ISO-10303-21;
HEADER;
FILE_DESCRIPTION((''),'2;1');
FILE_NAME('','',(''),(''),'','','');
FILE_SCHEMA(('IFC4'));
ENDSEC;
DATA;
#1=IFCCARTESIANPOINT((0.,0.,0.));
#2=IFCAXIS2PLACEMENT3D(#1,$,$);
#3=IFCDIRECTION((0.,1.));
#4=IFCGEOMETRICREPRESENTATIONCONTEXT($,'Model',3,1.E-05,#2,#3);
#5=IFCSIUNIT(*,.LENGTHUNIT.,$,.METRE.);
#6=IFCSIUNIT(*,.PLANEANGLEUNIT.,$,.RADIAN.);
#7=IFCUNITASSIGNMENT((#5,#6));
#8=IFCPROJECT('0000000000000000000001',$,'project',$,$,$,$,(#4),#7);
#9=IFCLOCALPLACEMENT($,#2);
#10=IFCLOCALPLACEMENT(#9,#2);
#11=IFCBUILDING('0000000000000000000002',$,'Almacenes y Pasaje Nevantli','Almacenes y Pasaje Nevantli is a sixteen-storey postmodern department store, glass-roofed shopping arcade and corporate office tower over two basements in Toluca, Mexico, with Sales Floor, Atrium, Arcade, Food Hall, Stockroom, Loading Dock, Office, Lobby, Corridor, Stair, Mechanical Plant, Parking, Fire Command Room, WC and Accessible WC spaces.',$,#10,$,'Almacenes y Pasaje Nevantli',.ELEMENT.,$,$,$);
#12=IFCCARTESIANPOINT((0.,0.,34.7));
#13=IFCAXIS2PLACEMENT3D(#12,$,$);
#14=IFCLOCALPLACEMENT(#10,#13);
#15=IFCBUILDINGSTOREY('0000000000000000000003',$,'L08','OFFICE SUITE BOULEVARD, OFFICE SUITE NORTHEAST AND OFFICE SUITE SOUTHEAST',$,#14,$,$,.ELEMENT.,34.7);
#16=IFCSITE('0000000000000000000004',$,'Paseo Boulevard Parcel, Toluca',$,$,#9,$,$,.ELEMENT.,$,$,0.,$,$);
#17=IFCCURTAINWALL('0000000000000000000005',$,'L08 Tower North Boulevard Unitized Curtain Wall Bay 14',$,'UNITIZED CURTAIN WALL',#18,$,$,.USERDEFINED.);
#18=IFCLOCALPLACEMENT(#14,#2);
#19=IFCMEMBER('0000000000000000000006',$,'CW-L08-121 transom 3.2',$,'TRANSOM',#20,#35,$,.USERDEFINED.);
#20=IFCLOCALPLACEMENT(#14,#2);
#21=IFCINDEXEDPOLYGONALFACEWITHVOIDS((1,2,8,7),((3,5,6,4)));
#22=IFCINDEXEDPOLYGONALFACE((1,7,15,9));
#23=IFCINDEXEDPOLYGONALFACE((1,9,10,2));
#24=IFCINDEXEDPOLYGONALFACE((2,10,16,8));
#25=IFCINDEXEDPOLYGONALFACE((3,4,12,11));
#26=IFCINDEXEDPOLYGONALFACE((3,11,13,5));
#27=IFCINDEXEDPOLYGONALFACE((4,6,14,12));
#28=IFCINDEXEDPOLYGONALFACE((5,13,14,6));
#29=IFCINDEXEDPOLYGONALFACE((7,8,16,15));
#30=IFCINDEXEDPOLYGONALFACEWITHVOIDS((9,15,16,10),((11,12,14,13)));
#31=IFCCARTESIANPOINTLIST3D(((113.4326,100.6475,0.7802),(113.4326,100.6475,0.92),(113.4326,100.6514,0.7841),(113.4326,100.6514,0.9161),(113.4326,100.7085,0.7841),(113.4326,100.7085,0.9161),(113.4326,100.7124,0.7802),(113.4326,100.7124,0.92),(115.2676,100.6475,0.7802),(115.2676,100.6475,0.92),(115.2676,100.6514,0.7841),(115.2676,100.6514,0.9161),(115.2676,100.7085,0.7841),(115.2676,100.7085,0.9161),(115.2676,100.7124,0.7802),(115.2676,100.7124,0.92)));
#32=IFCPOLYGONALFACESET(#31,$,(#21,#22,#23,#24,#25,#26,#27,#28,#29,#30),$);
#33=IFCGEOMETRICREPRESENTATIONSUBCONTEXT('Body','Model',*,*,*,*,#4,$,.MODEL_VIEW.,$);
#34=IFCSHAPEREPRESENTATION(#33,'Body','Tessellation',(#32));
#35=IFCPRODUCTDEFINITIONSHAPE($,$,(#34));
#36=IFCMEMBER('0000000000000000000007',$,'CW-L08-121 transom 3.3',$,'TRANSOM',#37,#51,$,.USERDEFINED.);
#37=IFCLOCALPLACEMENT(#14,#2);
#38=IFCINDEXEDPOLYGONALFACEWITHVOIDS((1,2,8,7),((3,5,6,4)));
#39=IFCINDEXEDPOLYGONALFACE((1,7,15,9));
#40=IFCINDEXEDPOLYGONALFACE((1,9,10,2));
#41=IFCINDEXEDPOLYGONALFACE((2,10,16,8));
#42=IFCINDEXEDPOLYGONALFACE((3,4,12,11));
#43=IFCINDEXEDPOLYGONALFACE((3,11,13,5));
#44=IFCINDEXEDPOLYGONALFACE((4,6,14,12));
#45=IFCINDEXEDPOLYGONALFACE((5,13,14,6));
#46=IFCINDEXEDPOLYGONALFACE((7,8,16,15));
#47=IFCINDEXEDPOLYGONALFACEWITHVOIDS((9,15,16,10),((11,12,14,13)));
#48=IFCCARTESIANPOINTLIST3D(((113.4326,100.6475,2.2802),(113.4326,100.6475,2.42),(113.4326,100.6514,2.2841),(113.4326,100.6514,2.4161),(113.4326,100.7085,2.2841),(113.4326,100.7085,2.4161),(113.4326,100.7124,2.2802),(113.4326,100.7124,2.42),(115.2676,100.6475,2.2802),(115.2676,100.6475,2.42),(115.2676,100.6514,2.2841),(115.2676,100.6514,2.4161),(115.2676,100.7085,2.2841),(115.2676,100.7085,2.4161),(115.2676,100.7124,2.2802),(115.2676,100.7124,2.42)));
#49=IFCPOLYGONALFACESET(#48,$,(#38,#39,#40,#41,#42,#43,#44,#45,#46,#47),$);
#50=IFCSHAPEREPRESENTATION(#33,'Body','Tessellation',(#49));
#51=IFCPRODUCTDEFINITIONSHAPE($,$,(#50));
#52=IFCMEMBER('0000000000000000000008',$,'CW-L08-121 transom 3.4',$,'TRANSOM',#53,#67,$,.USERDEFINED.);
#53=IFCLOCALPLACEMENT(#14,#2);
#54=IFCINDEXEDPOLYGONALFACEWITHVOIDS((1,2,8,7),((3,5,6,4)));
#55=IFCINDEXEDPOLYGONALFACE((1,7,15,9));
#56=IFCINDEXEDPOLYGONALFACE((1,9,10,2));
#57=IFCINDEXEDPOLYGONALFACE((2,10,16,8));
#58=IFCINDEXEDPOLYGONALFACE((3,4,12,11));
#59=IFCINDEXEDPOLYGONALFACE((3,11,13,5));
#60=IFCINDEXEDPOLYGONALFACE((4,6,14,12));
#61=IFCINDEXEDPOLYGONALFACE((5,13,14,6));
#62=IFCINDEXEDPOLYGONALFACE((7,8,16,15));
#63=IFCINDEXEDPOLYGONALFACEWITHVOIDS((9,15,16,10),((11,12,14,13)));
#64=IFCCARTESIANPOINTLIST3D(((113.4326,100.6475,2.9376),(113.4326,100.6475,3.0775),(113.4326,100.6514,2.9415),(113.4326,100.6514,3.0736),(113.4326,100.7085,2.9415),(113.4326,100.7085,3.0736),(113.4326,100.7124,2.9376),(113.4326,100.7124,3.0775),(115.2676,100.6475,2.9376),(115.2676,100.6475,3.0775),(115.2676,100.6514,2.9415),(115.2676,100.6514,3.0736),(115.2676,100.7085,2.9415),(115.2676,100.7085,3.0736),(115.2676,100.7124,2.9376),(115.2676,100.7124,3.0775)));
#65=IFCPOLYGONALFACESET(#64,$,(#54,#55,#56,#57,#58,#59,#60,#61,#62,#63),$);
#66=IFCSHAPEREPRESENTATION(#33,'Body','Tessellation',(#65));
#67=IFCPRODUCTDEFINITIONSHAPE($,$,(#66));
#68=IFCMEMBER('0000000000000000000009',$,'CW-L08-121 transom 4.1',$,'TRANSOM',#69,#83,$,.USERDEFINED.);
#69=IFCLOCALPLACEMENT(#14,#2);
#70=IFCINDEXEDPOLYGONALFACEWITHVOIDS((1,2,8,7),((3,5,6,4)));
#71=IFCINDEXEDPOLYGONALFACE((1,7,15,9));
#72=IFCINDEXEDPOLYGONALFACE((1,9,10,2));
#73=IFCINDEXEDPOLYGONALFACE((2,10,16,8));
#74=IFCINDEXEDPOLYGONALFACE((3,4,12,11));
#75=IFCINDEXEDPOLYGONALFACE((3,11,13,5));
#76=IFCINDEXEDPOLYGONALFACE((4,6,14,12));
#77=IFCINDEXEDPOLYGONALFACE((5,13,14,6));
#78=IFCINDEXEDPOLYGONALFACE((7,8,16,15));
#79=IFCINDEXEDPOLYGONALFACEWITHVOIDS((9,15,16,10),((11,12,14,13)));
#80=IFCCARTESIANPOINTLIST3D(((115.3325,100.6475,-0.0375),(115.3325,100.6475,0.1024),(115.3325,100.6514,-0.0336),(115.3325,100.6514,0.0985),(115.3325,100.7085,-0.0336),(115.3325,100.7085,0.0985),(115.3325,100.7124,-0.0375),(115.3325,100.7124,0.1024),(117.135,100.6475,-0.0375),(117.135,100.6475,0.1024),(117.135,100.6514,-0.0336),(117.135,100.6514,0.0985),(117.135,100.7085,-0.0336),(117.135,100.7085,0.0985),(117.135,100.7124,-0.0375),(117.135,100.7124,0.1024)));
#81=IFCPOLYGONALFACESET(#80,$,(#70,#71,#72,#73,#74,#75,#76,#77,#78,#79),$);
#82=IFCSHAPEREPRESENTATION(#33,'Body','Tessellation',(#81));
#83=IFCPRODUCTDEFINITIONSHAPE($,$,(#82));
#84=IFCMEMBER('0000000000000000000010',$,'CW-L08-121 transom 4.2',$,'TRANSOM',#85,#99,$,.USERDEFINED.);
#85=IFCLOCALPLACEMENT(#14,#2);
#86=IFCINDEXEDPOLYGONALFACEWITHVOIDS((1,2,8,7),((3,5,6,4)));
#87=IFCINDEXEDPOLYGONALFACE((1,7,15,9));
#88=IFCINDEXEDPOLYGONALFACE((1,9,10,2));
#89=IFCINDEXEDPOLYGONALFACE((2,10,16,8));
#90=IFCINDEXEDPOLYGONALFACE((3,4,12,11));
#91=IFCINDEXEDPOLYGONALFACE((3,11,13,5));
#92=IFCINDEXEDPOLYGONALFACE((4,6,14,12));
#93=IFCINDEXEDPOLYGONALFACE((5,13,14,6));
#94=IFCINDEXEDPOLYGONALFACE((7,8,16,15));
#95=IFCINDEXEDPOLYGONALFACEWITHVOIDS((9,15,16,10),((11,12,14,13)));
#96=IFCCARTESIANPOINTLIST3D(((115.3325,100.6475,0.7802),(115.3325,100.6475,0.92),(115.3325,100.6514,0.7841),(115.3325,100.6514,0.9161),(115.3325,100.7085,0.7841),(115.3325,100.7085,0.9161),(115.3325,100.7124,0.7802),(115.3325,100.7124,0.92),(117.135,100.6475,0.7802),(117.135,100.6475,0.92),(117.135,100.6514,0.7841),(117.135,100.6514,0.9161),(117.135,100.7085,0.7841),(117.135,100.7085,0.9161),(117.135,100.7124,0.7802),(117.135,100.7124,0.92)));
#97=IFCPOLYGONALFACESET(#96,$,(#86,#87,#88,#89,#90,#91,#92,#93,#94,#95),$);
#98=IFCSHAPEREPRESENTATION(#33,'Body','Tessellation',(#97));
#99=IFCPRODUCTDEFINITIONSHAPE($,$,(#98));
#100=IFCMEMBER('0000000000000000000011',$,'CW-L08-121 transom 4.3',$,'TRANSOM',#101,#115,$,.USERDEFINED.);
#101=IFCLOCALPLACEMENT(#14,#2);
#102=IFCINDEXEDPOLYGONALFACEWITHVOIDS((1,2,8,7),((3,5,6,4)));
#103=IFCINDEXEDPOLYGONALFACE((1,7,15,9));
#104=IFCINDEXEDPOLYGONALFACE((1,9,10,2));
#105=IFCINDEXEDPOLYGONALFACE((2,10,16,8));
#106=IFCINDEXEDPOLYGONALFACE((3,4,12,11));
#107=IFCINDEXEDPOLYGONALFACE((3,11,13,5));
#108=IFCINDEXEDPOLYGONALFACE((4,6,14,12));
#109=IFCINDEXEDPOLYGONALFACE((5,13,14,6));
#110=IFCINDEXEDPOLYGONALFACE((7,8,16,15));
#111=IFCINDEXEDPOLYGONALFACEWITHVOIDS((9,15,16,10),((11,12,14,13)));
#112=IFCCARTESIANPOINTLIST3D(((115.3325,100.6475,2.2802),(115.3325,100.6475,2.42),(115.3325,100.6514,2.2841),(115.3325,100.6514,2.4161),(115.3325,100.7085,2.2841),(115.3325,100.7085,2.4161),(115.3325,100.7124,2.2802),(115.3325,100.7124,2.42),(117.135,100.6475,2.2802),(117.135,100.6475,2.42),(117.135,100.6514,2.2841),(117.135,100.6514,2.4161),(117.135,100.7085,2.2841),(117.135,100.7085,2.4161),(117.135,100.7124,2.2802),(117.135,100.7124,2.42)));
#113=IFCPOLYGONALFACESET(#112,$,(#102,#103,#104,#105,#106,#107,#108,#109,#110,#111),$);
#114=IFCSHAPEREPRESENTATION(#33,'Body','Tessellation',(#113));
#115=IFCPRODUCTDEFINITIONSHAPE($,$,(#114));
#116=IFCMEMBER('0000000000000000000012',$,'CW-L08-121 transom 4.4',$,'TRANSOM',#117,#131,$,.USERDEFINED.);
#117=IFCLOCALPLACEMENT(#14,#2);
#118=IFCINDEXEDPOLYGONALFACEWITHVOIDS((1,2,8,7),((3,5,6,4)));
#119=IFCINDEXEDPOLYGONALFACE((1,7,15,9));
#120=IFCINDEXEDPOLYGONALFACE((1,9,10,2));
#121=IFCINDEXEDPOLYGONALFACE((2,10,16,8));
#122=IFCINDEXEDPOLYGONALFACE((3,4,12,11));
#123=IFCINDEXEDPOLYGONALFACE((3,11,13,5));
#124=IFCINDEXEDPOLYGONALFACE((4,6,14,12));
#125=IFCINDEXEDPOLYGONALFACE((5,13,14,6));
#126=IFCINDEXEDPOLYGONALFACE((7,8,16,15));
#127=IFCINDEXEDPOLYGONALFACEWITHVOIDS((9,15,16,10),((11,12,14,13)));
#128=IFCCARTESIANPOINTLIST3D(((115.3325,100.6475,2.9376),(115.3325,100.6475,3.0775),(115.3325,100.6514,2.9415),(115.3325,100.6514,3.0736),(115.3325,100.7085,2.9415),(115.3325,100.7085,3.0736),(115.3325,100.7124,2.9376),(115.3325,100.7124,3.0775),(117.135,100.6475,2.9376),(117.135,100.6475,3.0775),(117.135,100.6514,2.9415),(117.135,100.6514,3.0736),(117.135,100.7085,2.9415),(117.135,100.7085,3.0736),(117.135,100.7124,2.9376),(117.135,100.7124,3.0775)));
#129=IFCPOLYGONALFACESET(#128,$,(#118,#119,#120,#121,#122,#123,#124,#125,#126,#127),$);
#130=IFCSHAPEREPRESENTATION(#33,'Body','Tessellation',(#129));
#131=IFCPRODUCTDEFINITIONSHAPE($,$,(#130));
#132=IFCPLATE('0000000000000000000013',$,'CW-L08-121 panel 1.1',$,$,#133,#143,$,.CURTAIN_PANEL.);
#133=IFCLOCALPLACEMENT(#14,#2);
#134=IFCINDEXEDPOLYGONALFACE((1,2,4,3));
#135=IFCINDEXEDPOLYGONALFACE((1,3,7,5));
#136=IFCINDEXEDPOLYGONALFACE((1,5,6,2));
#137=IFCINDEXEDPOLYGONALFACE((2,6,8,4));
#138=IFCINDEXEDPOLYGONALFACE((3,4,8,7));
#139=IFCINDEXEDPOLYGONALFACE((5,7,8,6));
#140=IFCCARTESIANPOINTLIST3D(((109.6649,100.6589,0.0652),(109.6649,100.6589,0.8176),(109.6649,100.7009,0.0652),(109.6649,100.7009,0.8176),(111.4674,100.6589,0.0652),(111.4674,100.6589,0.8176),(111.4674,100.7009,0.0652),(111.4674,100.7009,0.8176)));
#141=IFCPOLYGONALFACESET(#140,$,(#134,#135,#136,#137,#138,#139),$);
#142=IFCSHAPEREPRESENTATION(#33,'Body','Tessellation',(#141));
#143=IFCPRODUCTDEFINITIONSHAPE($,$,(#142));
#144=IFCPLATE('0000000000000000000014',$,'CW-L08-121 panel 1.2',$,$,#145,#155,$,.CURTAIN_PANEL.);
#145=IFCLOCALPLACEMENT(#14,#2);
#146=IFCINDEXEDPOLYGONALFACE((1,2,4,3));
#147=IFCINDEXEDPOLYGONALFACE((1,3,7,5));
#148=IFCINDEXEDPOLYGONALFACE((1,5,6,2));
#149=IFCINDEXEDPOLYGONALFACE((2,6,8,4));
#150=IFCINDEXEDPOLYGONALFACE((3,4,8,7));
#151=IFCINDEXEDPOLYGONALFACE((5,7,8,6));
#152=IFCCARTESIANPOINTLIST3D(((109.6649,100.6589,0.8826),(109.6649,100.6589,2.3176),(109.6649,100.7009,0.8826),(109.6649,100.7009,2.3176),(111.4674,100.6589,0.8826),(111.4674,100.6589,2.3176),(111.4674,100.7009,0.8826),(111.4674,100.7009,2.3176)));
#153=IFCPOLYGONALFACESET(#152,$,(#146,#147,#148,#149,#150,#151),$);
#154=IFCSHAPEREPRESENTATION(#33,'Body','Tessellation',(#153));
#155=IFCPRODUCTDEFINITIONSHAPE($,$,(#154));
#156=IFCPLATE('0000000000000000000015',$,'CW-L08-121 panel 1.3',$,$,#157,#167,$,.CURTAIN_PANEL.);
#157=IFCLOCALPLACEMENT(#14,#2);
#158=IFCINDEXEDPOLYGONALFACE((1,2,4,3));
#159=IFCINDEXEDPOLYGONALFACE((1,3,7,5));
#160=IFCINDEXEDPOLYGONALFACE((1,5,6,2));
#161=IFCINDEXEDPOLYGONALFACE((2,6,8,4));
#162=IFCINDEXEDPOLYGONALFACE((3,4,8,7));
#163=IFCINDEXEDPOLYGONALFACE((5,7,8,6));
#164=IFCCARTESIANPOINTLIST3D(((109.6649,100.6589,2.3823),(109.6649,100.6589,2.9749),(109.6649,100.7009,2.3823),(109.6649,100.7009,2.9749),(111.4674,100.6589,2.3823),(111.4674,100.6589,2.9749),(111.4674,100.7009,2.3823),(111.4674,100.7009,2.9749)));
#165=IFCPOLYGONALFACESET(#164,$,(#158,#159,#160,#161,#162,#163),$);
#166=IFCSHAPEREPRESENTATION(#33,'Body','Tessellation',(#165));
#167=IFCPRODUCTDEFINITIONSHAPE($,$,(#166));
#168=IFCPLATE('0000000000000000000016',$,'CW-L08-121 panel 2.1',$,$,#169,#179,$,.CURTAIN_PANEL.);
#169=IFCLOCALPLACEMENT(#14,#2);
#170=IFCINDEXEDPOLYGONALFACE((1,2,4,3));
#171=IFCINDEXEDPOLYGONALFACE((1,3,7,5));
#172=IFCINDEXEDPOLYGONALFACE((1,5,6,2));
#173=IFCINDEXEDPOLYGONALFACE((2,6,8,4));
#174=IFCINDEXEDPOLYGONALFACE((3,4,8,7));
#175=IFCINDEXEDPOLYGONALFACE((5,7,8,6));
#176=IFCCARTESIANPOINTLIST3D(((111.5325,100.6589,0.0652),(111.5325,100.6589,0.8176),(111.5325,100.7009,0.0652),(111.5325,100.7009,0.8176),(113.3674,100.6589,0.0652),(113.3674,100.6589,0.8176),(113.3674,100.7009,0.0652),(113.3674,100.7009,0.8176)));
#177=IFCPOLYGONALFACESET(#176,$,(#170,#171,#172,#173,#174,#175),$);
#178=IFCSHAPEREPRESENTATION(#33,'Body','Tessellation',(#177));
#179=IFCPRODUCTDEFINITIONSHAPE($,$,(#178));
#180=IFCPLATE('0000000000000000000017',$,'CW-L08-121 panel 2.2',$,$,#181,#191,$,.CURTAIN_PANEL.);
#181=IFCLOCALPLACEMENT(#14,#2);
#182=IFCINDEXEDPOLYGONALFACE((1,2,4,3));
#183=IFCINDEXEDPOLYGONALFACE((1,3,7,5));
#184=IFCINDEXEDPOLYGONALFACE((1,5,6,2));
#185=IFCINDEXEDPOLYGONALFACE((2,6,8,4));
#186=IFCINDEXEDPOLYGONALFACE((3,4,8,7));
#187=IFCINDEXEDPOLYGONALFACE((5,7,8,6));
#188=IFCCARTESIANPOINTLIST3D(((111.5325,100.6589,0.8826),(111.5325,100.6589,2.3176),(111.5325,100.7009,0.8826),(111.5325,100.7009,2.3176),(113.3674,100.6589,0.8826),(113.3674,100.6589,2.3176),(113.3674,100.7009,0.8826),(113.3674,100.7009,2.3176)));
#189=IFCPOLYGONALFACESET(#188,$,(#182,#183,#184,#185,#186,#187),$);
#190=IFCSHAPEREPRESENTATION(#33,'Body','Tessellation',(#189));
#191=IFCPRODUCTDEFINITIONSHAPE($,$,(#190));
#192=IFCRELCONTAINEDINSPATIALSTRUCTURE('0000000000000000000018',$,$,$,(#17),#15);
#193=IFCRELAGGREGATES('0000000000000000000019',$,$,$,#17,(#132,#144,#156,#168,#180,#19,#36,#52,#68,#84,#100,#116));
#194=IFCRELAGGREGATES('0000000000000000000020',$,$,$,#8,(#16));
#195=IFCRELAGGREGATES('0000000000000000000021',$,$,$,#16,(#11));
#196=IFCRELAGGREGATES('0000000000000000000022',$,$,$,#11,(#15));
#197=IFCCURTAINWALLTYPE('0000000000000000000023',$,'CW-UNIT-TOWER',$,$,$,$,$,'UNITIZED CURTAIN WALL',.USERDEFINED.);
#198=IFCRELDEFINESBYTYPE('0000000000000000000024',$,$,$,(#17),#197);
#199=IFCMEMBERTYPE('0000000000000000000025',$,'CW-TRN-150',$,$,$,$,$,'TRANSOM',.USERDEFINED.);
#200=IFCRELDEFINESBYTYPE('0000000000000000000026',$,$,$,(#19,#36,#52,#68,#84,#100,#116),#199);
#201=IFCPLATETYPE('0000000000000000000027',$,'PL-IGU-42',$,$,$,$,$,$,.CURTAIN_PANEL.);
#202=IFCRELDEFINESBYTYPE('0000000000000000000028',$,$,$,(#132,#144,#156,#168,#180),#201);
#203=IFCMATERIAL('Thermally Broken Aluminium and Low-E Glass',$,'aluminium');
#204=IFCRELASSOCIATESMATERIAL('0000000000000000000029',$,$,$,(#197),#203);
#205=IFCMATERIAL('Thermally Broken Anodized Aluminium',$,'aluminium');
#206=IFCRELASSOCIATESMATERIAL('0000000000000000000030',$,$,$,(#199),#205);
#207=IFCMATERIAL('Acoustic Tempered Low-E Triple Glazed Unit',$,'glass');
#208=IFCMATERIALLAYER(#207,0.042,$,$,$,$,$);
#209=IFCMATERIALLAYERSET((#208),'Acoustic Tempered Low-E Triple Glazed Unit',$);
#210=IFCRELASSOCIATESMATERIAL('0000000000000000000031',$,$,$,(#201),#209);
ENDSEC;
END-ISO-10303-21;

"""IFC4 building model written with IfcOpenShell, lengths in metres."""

from ifc_helpers import new_model, si_unit, direction, frame, origin, origin_2d, place, context, subcontext, project, spatial, rectangle, hollow_rectangle, extrude, material, layer, layer_set, material_profile, profile_set, type_object, element, aggregate, save


model = new_model("IFC4")

# Units and contexts
model_context = context("Model", 3, precision=1e-05, world=origin(), true_north=direction((0.0, 1.0)))
body_context = subcontext(model_context, "Body", "Model", "MODEL_VIEW")
ifc_project = project(units=[si_unit("LENGTHUNIT", "METRE"), si_unit("PLANEANGLEUNIT", "RADIAN")], contexts=[model_context])

# Site, building, storey
site_placement = place(None, origin())
site = spatial("IfcSite", under=ifc_project, at=site_placement, Name="Paseo Boulevard Parcel, Toluca", CompositionType="ELEMENT", RefElevation=0.0)
building_placement = place(site_placement, origin())
building = spatial("IfcBuilding", under=site, at=building_placement, Name="Almacenes y Pasaje Nevantli", Description="Almacenes y Pasaje Nevantli is a sixteen-storey postmodern department store, glass-roofed shopping arcade and corporate office tower over two basements in Toluca, Mexico, with Sales Floor, Atrium, Arcade, Food Hall, Stockroom, Loading Dock, Office, Lobby, Corridor, Stair, Mechanical Plant, Parking, Fire Command Room, WC and Accessible WC spaces.", LongName="Almacenes y Pasaje Nevantli", CompositionType="ELEMENT")
storey_placement = place(building_placement, frame((0.0, 0.0, 34.7)))
storey = spatial("IfcBuildingStorey", under=building, at=storey_placement, Name="L08", Description="OFFICE SUITE BOULEVARD, OFFICE SUITE NORTHEAST AND OFFICE SUITE SOUTHEAST", CompositionType="ELEMENT", Elevation=34.7)

# Curtain wall, members, plates
ifc_material_1 = material(Name="Thermally Broken Aluminium and Low-E Glass", Category="aluminium")
curtain_wall_type = type_object("IfcCurtainWallType", Name="CW-UNIT-TOWER", ElementType="UNITIZED CURTAIN WALL", PredefinedType="USERDEFINED", material=ifc_material_1)
curtain_wall_placement = place(storey_placement, origin())
curtain_wall = element("IfcCurtainWall", 1, at=curtain_wall_placement, inside=storey, type_object=curtain_wall_type, Name="L08 Tower North Boulevard Unitized Curtain Wall Bay 14", ObjectType="UNITIZED CURTAIN WALL", PredefinedType="USERDEFINED")
ifc_material_2 = material(Name="Thermally Broken Anodized Aluminium", Category="aluminium")
ifc_material_profile_1 = material_profile(ifc_material_2, hollow_rectangle(XDim=0.0649, YDim=0.1399, WallThickness=0.0039, at=origin_2d()), Name="ALU-TRN-65x140")
ifc_profile_set_1 = profile_set([ifc_material_profile_1], Name="Thermally Broken Anodized Aluminium")
member_type_1 = type_object("IfcMemberType", Name="CW-TRN-150", ElementType="TRANSOM", PredefinedType="USERDEFINED", material=ifc_profile_set_1)
member_1_placement = place(storey_placement, frame((113.4326, 100.6799, 0.8501), z_axis=(1.0, 0.0, 0.0), x_axis=(0.0, 1.0, 0.0)))
member_1 = element("IfcMember", 2, at=member_1_placement, type_object=member_type_1, Name="CW-L08-121 transom 3.2", ObjectType="TRANSOM", PredefinedType="USERDEFINED", context=body_context, shape_type="SweptSolid", body=[
    extrude(hollow_rectangle(XDim=0.0649, YDim=0.1399, WallThickness=0.0039, at=origin_2d()), origin(), (0.0, 0.0, 1.0), 1.835),
])
member_2_placement = place(storey_placement, frame((113.4326, 100.6799, 2.3501), z_axis=(1.0, 0.0, 0.0), x_axis=(0.0, 1.0, 0.0)))
member_2 = element("IfcMember", 3, at=member_2_placement, type_object=member_type_1, Name="CW-L08-121 transom 3.3", ObjectType="TRANSOM", PredefinedType="USERDEFINED", context=body_context, shape_type="SweptSolid", body=[
    extrude(hollow_rectangle(XDim=0.0649, YDim=0.1399, WallThickness=0.0039, at=origin_2d()), origin(), (0.0, 0.0, 1.0), 1.835),
])
member_3_placement = place(storey_placement, frame((113.4326, 100.6799, 3.0076), z_axis=(1.0, 0.0, 0.0), x_axis=(0.0, 1.0, 0.0)))
member_3 = element("IfcMember", 4, at=member_3_placement, type_object=member_type_1, Name="CW-L08-121 transom 3.4", ObjectType="TRANSOM", PredefinedType="USERDEFINED", context=body_context, shape_type="SweptSolid", body=[
    extrude(hollow_rectangle(XDim=0.0649, YDim=0.1399, WallThickness=0.0039, at=origin_2d()), origin(), (0.0, 0.0, 1.0), 1.835),
])
member_4_placement = place(storey_placement, frame((115.3325, 100.6799, 0.0325), z_axis=(1.0, 0.0, 0.0), x_axis=(0.0, 1.0, 0.0)))
member_4 = element("IfcMember", 5, at=member_4_placement, type_object=member_type_1, Name="CW-L08-121 transom 4.1", ObjectType="TRANSOM", PredefinedType="USERDEFINED", context=body_context, shape_type="SweptSolid", body=[
    extrude(hollow_rectangle(XDim=0.0649, YDim=0.1399, WallThickness=0.0039, at=origin_2d()), origin(), (0.0, 0.0, 1.0), 1.8025),
])
member_5_placement = place(storey_placement, frame((115.3325, 100.6799, 0.8501), z_axis=(1.0, 0.0, 0.0), x_axis=(0.0, 1.0, 0.0)))
member_5 = element("IfcMember", 6, at=member_5_placement, type_object=member_type_1, Name="CW-L08-121 transom 4.2", ObjectType="TRANSOM", PredefinedType="USERDEFINED", context=body_context, shape_type="SweptSolid", body=[
    extrude(hollow_rectangle(XDim=0.0649, YDim=0.1399, WallThickness=0.0039, at=origin_2d()), origin(), (0.0, 0.0, 1.0), 1.8025),
])
member_6_placement = place(storey_placement, frame((115.3325, 100.6799, 2.3501), z_axis=(1.0, 0.0, 0.0), x_axis=(0.0, 1.0, 0.0)))
member_6 = element("IfcMember", 7, at=member_6_placement, type_object=member_type_1, Name="CW-L08-121 transom 4.3", ObjectType="TRANSOM", PredefinedType="USERDEFINED", context=body_context, shape_type="SweptSolid", body=[
    extrude(hollow_rectangle(XDim=0.0649, YDim=0.1399, WallThickness=0.0039, at=origin_2d()), origin(), (0.0, 0.0, 1.0), 1.8025),
])
member_7_placement = place(storey_placement, frame((115.3325, 100.6799, 3.0076), z_axis=(1.0, 0.0, 0.0), x_axis=(0.0, 1.0, 0.0)))
member_7 = element("IfcMember", 8, at=member_7_placement, type_object=member_type_1, Name="CW-L08-121 transom 4.4", ObjectType="TRANSOM", PredefinedType="USERDEFINED", context=body_context, shape_type="SweptSolid", body=[
    extrude(hollow_rectangle(XDim=0.0649, YDim=0.1399, WallThickness=0.0039, at=origin_2d()), origin(), (0.0, 0.0, 1.0), 1.8025),
])
ifc_material_3 = material(Name="Acoustic Tempered Low-E Triple Glazed Unit", Category="glass")
ifc_layer = layer(ifc_material_3, 0.042)
ifc_layer_set = layer_set([ifc_layer], Name="Acoustic Tempered Low-E Triple Glazed Unit")
plate_type = type_object("IfcPlateType", Name="PL-IGU-42", PredefinedType="CURTAIN_PANEL", material=ifc_layer_set)
plate_1_placement = place(storey_placement, frame((110.5662, 100.6799, 0.0652), z_axis=(0.0, 0.0, 1.0), x_axis=(1.0, 0.0, 0.0)))
plate_1 = element("IfcPlate", 9, at=plate_1_placement, type_object=plate_type, Name="CW-L08-121 panel 1.1", PredefinedType="CURTAIN_PANEL", context=body_context, shape_type="SweptSolid", body=[
    extrude(rectangle(XDim=1.8025, YDim=0.042, at=origin_2d()), origin(), (0.0, 0.0, 1.0), 0.7524),
])
plate_2_placement = place(storey_placement, frame((110.5662, 100.6799, 0.8826), z_axis=(0.0, 0.0, 1.0), x_axis=(1.0, 0.0, 0.0)))
plate_2 = element("IfcPlate", 10, at=plate_2_placement, type_object=plate_type, Name="CW-L08-121 panel 1.2", PredefinedType="CURTAIN_PANEL", context=body_context, shape_type="SweptSolid", body=[
    extrude(rectangle(XDim=1.8025, YDim=0.042, at=origin_2d()), origin(), (0.0, 0.0, 1.0), 1.4351),
])
plate_3_placement = place(storey_placement, frame((110.5662, 100.6799, 2.3823), z_axis=(0.0, 0.0, 1.0), x_axis=(1.0, 0.0, 0.0)))
plate_3 = element("IfcPlate", 11, at=plate_3_placement, type_object=plate_type, Name="CW-L08-121 panel 1.3", PredefinedType="CURTAIN_PANEL", context=body_context, shape_type="SweptSolid", body=[
    extrude(rectangle(XDim=1.8025, YDim=0.042, at=origin_2d()), origin(), (0.0, 0.0, 1.0), 0.5925),
])
plate_4_placement = place(storey_placement, frame((112.45, 100.6799, 0.0652), z_axis=(0.0, 0.0, 1.0), x_axis=(1.0, 0.0, 0.0)))
plate_4 = element("IfcPlate", 12, at=plate_4_placement, type_object=plate_type, Name="CW-L08-121 panel 2.1", PredefinedType="CURTAIN_PANEL", context=body_context, shape_type="SweptSolid", body=[
    extrude(rectangle(XDim=1.835, YDim=0.042, at=origin_2d()), origin(), (0.0, 0.0, 1.0), 0.7524),
])
plate_5_placement = place(storey_placement, frame((112.45, 100.6799, 0.8826), z_axis=(0.0, 0.0, 1.0), x_axis=(1.0, 0.0, 0.0)))
plate_5 = element("IfcPlate", 13, at=plate_5_placement, type_object=plate_type, Name="CW-L08-121 panel 2.2", PredefinedType="CURTAIN_PANEL", context=body_context, shape_type="SweptSolid", body=[
    extrude(rectangle(XDim=1.835, YDim=0.042, at=origin_2d()), origin(), (0.0, 0.0, 1.0), 1.4351),
])
aggregate(curtain_wall, [plate_1, plate_2, plate_3, plate_4, plate_5, member_1, member_2, member_3, member_4, member_5, member_6, member_7])

save(model, "model.ifc")
